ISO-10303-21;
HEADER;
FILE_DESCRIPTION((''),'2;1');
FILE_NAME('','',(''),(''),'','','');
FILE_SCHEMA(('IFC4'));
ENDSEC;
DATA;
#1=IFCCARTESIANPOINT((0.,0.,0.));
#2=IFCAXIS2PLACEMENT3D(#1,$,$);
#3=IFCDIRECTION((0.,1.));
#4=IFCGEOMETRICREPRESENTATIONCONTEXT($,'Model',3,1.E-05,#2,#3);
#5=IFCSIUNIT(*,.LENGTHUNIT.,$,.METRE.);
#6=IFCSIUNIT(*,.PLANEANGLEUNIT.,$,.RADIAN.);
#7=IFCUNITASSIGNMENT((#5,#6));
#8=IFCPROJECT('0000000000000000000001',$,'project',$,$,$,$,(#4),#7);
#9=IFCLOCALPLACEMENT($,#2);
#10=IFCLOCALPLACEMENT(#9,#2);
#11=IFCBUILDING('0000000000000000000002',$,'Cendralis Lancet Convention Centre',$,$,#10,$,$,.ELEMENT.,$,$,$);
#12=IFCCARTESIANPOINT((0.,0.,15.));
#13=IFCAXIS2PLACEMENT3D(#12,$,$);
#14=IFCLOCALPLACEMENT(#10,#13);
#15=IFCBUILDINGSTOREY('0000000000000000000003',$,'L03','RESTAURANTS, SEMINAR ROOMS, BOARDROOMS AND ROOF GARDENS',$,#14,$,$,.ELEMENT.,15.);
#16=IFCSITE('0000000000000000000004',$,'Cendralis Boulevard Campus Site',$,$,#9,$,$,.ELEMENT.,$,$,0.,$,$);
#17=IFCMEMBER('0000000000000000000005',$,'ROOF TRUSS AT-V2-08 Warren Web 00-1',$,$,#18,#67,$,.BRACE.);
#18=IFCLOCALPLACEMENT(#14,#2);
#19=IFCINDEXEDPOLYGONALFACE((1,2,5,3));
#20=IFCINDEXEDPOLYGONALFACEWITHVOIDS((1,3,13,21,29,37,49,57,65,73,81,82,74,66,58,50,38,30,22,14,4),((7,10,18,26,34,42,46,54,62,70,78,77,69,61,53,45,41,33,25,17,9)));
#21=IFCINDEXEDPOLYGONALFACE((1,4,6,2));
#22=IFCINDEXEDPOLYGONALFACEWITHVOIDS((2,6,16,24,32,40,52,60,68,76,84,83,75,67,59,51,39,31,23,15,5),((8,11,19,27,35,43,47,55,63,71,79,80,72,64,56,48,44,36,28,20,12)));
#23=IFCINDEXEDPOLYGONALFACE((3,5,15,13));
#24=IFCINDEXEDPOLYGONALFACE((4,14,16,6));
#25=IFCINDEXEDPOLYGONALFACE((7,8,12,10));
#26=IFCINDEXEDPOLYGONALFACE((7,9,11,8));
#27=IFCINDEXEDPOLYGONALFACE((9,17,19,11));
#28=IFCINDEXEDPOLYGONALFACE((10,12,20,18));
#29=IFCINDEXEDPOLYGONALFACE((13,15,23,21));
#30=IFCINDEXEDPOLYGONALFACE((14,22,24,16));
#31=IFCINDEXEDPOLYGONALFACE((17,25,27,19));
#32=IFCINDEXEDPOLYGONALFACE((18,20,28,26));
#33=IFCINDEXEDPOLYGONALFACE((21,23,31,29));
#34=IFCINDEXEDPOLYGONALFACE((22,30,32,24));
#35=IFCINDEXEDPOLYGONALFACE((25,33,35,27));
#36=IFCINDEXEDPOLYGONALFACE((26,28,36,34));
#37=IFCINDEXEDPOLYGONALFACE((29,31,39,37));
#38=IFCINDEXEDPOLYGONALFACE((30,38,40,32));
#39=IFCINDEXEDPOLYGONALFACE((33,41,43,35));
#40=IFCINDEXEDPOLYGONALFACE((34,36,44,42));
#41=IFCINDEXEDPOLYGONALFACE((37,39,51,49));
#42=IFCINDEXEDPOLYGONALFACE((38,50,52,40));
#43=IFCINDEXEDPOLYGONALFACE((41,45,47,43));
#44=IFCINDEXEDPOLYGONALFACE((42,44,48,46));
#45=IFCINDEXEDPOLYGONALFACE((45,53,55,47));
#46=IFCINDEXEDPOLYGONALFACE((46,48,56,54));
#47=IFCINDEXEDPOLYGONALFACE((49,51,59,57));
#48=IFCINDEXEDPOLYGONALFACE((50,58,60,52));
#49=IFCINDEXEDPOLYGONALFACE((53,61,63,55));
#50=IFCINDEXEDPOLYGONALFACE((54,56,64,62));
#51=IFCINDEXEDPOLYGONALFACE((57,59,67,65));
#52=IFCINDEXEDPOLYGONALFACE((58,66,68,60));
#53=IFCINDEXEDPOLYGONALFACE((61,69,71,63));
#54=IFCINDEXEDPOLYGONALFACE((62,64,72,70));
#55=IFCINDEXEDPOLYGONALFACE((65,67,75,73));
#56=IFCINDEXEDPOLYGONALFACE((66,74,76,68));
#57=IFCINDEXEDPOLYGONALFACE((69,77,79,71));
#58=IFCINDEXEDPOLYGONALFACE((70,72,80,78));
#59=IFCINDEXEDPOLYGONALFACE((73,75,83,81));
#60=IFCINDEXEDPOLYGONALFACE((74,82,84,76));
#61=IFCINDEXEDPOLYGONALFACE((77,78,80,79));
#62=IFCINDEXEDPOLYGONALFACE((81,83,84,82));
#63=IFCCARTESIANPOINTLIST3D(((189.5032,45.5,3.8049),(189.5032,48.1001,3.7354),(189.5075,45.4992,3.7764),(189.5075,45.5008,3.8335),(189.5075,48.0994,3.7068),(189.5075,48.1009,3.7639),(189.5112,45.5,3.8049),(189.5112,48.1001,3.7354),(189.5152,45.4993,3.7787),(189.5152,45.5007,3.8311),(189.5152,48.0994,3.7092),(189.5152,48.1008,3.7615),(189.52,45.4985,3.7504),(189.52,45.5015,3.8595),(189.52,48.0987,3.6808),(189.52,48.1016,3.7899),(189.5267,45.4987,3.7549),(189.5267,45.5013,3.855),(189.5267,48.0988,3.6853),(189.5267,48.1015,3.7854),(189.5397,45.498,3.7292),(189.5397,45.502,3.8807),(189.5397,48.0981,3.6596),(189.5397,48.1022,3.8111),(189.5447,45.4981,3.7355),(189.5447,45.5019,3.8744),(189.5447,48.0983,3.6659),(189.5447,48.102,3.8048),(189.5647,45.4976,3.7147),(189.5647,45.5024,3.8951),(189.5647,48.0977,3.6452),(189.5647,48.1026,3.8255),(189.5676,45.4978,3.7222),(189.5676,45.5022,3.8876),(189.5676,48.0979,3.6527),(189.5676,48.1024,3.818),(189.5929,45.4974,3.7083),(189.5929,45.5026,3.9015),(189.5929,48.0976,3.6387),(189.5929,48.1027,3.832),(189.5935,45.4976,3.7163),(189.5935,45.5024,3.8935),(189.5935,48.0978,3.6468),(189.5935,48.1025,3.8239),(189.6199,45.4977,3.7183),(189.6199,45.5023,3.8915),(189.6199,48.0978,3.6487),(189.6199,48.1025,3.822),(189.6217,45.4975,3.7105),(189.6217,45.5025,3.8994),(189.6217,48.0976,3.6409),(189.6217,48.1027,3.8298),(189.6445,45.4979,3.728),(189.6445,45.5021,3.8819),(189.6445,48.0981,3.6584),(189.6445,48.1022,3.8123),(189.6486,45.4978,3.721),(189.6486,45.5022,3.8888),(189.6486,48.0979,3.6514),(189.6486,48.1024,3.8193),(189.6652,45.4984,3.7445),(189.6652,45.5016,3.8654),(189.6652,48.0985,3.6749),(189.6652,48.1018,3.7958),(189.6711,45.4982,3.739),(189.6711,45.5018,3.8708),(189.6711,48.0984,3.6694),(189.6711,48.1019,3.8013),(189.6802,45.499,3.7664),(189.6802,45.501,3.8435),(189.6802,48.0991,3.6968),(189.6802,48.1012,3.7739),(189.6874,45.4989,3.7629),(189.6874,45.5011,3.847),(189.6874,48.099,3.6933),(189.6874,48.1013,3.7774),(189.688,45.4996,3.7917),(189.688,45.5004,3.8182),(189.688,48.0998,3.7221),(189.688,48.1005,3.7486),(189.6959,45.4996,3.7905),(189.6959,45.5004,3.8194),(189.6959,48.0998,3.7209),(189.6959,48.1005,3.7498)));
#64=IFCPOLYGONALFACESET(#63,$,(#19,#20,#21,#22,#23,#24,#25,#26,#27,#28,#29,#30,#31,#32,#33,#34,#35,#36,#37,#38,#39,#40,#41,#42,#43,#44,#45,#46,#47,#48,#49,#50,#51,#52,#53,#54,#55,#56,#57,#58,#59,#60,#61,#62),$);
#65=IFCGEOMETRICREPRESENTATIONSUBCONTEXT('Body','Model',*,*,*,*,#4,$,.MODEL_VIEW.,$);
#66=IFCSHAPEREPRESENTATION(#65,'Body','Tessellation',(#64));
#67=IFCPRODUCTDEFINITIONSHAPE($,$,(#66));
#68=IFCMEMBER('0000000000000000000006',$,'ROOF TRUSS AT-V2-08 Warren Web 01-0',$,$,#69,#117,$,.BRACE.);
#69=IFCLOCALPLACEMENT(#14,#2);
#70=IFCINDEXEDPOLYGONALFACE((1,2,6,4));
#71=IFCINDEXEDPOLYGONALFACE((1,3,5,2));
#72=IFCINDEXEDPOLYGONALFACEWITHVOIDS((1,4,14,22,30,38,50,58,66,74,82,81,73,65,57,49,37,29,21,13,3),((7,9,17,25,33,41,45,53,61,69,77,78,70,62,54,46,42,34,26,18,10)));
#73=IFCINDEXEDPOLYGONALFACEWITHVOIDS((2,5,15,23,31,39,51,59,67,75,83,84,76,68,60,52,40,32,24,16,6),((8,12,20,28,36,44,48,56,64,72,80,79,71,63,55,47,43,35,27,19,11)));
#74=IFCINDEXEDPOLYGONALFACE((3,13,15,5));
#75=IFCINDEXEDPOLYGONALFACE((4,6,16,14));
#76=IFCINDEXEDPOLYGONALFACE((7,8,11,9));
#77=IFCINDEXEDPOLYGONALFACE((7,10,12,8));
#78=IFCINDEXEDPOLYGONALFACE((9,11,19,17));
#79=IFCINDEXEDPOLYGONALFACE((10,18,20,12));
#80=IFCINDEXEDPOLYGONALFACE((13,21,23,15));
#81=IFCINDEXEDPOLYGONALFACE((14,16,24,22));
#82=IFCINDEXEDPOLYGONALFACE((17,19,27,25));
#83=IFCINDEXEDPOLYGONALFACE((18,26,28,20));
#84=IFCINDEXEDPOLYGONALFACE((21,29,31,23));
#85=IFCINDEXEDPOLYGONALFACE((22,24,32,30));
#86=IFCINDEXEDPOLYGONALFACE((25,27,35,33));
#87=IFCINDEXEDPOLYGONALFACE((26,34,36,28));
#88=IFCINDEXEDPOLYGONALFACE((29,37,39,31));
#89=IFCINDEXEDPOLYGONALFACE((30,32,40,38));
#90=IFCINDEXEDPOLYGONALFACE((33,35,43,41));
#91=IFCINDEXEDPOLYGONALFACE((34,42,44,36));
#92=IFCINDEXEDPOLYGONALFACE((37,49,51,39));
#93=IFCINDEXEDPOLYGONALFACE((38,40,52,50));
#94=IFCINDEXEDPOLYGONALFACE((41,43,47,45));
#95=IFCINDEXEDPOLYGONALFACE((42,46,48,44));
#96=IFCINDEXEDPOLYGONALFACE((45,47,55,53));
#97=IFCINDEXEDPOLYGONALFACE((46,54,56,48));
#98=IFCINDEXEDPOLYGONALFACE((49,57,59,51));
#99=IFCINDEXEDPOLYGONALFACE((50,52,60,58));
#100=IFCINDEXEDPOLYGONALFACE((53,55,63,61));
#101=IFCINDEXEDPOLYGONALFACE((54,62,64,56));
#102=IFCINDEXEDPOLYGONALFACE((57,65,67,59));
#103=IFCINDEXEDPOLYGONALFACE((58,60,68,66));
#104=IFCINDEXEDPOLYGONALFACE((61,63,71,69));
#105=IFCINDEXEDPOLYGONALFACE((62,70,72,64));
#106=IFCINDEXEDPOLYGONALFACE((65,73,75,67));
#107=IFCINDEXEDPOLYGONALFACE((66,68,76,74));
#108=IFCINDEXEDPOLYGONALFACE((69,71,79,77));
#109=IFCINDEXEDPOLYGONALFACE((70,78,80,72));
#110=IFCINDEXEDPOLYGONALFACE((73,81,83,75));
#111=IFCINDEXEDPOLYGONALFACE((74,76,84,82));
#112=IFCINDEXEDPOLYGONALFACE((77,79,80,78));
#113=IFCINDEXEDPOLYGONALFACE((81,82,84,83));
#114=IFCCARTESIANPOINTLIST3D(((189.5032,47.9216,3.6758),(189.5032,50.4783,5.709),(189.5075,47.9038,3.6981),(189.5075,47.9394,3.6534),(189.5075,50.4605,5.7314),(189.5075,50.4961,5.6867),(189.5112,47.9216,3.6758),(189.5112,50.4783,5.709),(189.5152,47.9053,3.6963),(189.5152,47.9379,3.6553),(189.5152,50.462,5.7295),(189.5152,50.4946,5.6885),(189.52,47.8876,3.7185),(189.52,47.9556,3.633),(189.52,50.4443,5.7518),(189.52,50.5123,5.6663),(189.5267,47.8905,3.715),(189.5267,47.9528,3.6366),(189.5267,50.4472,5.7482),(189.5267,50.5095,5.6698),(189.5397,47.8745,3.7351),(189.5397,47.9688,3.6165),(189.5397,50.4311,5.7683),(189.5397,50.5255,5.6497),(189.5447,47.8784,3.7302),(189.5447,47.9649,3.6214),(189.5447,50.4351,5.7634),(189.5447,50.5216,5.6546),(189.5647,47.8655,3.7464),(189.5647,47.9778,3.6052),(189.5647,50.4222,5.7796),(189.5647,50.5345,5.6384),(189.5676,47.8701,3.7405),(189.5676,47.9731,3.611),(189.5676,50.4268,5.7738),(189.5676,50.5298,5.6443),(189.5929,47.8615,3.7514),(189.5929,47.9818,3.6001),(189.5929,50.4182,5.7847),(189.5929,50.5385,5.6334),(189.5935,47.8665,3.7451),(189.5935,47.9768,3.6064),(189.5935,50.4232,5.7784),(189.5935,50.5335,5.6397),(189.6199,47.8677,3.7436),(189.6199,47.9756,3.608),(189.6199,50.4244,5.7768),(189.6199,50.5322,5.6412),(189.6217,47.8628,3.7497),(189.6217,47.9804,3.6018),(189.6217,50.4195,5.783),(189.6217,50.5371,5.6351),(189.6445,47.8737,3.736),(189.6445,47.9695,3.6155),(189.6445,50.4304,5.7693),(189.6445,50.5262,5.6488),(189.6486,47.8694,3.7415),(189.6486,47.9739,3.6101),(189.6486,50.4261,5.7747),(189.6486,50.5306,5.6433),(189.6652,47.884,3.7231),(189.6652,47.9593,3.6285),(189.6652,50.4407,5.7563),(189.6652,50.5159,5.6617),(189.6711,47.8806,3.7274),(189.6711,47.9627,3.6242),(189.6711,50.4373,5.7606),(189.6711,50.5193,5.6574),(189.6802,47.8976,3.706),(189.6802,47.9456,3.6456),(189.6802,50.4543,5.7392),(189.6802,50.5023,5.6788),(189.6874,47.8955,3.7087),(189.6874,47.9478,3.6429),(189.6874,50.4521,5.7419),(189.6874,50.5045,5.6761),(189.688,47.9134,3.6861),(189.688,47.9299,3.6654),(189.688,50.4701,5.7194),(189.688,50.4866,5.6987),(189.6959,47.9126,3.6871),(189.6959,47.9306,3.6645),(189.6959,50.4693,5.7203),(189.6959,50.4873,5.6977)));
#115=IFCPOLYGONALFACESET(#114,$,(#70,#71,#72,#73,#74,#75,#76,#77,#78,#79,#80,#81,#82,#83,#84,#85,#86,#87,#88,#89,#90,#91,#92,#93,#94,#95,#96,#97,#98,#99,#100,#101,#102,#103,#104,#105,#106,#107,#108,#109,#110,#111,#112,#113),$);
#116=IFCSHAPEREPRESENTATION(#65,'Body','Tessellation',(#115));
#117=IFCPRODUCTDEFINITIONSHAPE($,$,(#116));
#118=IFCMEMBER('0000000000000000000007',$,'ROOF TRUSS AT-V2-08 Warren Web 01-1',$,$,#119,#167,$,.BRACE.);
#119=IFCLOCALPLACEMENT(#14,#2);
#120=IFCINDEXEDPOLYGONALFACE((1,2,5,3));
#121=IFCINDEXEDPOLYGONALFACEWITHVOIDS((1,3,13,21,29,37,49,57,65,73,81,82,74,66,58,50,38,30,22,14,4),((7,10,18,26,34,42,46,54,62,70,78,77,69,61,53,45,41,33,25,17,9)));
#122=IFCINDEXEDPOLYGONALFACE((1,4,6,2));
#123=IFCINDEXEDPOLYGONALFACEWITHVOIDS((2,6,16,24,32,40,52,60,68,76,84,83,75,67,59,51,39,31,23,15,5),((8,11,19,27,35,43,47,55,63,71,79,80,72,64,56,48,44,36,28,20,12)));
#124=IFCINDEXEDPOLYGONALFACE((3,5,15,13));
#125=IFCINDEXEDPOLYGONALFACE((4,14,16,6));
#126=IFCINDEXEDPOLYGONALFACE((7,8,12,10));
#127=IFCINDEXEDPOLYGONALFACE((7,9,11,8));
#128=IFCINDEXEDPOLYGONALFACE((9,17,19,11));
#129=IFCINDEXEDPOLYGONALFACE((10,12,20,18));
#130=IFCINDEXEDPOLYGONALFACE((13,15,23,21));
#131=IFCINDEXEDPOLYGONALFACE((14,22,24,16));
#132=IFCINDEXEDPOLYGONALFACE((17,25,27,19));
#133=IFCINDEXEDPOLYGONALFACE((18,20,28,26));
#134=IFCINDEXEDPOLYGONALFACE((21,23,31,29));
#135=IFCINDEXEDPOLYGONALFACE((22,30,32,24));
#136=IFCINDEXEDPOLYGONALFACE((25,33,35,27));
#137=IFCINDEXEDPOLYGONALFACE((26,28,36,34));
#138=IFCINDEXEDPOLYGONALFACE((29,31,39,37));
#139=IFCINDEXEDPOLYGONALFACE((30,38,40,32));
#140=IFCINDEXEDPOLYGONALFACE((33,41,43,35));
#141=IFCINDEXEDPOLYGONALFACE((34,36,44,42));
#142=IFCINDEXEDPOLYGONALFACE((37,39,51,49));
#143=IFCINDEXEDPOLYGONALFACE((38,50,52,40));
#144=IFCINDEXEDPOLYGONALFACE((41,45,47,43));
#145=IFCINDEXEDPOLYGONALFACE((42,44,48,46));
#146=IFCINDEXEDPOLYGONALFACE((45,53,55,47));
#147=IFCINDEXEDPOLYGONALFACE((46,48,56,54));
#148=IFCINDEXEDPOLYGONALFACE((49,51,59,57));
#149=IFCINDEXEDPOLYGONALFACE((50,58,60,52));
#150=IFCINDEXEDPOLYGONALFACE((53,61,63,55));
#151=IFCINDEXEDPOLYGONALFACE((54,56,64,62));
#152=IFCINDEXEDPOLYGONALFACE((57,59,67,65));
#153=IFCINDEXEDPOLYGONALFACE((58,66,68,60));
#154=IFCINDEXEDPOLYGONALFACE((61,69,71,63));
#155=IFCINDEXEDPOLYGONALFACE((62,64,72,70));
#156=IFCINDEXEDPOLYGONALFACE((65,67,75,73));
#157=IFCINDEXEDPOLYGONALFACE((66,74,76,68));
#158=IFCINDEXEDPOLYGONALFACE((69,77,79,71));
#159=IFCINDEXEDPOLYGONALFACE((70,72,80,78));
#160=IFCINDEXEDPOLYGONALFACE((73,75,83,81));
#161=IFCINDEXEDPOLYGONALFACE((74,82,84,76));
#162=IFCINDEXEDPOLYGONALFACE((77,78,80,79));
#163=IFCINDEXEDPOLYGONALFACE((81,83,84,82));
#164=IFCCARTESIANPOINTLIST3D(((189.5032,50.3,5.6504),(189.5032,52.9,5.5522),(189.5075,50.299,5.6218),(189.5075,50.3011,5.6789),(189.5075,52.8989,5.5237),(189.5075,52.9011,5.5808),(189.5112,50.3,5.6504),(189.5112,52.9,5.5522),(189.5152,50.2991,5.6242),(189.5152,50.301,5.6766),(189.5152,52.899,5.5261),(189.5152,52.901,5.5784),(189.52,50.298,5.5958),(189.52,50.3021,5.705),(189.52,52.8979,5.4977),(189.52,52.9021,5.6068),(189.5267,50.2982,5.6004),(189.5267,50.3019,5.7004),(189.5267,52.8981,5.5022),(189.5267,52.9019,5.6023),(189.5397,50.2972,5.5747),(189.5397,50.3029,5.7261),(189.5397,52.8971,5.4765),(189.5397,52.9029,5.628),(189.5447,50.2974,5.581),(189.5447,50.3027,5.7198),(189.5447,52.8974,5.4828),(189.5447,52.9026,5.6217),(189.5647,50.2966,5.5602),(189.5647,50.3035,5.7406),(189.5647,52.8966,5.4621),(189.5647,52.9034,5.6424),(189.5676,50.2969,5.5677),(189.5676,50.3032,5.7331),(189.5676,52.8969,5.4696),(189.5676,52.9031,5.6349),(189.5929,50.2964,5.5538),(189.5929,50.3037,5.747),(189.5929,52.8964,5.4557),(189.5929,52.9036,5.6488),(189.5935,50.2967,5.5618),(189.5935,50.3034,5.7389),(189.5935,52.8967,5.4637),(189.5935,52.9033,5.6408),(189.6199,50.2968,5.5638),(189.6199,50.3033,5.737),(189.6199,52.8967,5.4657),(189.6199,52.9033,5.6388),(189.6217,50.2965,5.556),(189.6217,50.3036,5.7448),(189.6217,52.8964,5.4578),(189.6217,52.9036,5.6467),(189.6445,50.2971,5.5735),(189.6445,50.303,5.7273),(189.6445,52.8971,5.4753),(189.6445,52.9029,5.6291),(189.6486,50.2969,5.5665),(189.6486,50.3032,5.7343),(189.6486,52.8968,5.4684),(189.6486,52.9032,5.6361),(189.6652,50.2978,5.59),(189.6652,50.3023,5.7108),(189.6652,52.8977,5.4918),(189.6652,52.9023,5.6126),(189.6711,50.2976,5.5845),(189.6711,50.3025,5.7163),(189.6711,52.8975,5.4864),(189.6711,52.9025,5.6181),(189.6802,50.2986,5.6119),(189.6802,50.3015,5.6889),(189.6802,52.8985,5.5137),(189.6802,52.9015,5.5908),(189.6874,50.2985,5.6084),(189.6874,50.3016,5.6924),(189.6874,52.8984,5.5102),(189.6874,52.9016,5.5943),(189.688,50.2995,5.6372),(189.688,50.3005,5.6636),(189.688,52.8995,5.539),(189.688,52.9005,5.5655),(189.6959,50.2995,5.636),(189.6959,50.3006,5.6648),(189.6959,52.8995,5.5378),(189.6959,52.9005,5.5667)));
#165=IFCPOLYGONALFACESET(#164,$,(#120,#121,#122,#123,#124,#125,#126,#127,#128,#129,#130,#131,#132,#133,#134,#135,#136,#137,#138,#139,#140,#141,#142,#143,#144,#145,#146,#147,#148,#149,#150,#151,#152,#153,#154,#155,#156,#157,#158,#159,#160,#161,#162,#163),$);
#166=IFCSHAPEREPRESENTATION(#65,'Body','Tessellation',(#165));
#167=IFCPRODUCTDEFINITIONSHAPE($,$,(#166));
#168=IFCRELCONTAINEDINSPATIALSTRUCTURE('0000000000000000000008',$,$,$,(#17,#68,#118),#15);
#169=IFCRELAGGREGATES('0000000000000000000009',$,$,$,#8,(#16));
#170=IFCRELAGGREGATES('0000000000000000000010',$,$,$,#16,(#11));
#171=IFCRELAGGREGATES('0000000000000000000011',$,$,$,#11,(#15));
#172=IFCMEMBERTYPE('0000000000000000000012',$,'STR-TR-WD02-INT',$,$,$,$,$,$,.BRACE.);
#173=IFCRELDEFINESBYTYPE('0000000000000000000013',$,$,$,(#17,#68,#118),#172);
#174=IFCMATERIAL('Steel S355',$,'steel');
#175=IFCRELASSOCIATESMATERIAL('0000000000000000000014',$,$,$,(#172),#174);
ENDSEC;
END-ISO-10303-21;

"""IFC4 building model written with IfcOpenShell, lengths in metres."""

from ifc_helpers import new_model, si_unit, direction, frame, origin, origin_2d, place, context, subcontext, project, spatial, hollow_circle, extrude, material, material_profile, profile_set, type_object, element, save


model = new_model("IFC4")

# Units and contexts
model_context = context("Model", 3, precision=1e-05, world=origin(), true_north=direction((0.0, 1.0)))
body_context = subcontext(model_context, "Body", "Model", "MODEL_VIEW")
ifc_project = project(units=[si_unit("LENGTHUNIT", "METRE"), si_unit("PLANEANGLEUNIT", "RADIAN")], contexts=[model_context])

# Site, building, storey
site_placement = place(None, origin())
site = spatial("IfcSite", under=ifc_project, at=site_placement, Name="Cendralis Boulevard Campus Site", CompositionType="ELEMENT", RefElevation=0.0)
building_placement = place(site_placement, origin())
building = spatial("IfcBuilding", under=site, at=building_placement, Name="Cendralis Lancet Convention Centre", CompositionType="ELEMENT")
storey_placement = place(building_placement, frame((0.0, 0.0, 15.0)))
storey = spatial("IfcBuildingStorey", under=building, at=storey_placement, Name="L03", Description="RESTAURANTS, SEMINAR ROOMS, BOARDROOMS AND ROOF GARDENS", CompositionType="ELEMENT", Elevation=15.0)

# Shared definitions
ifc_material_1 = material(Name="Steel S355", Category="steel")

# Members
ifc_material_profile_1 = material_profile(ifc_material_1, hollow_circle(Radius=0.0969, WallThickness=0.0081, at=origin_2d()), Name="CHS 193.7x8.0")
ifc_profile_set_1 = profile_set([ifc_material_profile_1], Name="Steel S355")
member_type_1 = type_object("IfcMemberType", Name="STR-TR-WD02-INT", PredefinedType="BRACE", material=ifc_profile_set_1)
member_1_placement = place(storey_placement, frame((189.6001, 45.5, 3.8049), z_axis=(0.0, 0.999642, -0.026751), x_axis=(-1.0, 0.0, 0.0)))
element("IfcMember", 1, at=member_1_placement, inside=storey, type_object=member_type_1, Name="ROOF TRUSS AT-V2-08 Warren Web 00-1", PredefinedType="BRACE", context=body_context, shape_type="SweptSolid", body=[
    extrude(hollow_circle(Radius=0.0969, WallThickness=0.0081, at=origin_2d()), origin(), (0.0, 0.0, 1.0), 2.6011),
])
member_2_placement = place(storey_placement, frame((189.6001, 47.9216, 3.6758), z_axis=(0.0, 0.782674, 0.622432), x_axis=(-1.0, 0.0, 0.0)))
element("IfcMember", 2, at=member_2_placement, inside=storey, type_object=member_type_1, Name="ROOF TRUSS AT-V2-08 Warren Web 01-0", PredefinedType="BRACE", context=body_context, shape_type="SweptSolid", body=[
    extrude(hollow_circle(Radius=0.0969, WallThickness=0.0081, at=origin_2d()), origin(), (0.0, 0.0, 1.0), 3.2666),
])
member_3_placement = place(storey_placement, frame((189.6001, 50.3, 5.6504), z_axis=(0.0, 0.999288, -0.037723), x_axis=(-1.0, 0.0, 0.0)))
element("IfcMember", 3, at=member_3_placement, inside=storey, type_object=member_type_1, Name="ROOF TRUSS AT-V2-08 Warren Web 01-1", PredefinedType="BRACE", context=body_context, shape_type="SweptSolid", body=[
    extrude(hollow_circle(Radius=0.0969, WallThickness=0.0081, at=origin_2d()), origin(), (0.0, 0.0, 1.0), 2.6018),
])

save(model, "model.ifc")
